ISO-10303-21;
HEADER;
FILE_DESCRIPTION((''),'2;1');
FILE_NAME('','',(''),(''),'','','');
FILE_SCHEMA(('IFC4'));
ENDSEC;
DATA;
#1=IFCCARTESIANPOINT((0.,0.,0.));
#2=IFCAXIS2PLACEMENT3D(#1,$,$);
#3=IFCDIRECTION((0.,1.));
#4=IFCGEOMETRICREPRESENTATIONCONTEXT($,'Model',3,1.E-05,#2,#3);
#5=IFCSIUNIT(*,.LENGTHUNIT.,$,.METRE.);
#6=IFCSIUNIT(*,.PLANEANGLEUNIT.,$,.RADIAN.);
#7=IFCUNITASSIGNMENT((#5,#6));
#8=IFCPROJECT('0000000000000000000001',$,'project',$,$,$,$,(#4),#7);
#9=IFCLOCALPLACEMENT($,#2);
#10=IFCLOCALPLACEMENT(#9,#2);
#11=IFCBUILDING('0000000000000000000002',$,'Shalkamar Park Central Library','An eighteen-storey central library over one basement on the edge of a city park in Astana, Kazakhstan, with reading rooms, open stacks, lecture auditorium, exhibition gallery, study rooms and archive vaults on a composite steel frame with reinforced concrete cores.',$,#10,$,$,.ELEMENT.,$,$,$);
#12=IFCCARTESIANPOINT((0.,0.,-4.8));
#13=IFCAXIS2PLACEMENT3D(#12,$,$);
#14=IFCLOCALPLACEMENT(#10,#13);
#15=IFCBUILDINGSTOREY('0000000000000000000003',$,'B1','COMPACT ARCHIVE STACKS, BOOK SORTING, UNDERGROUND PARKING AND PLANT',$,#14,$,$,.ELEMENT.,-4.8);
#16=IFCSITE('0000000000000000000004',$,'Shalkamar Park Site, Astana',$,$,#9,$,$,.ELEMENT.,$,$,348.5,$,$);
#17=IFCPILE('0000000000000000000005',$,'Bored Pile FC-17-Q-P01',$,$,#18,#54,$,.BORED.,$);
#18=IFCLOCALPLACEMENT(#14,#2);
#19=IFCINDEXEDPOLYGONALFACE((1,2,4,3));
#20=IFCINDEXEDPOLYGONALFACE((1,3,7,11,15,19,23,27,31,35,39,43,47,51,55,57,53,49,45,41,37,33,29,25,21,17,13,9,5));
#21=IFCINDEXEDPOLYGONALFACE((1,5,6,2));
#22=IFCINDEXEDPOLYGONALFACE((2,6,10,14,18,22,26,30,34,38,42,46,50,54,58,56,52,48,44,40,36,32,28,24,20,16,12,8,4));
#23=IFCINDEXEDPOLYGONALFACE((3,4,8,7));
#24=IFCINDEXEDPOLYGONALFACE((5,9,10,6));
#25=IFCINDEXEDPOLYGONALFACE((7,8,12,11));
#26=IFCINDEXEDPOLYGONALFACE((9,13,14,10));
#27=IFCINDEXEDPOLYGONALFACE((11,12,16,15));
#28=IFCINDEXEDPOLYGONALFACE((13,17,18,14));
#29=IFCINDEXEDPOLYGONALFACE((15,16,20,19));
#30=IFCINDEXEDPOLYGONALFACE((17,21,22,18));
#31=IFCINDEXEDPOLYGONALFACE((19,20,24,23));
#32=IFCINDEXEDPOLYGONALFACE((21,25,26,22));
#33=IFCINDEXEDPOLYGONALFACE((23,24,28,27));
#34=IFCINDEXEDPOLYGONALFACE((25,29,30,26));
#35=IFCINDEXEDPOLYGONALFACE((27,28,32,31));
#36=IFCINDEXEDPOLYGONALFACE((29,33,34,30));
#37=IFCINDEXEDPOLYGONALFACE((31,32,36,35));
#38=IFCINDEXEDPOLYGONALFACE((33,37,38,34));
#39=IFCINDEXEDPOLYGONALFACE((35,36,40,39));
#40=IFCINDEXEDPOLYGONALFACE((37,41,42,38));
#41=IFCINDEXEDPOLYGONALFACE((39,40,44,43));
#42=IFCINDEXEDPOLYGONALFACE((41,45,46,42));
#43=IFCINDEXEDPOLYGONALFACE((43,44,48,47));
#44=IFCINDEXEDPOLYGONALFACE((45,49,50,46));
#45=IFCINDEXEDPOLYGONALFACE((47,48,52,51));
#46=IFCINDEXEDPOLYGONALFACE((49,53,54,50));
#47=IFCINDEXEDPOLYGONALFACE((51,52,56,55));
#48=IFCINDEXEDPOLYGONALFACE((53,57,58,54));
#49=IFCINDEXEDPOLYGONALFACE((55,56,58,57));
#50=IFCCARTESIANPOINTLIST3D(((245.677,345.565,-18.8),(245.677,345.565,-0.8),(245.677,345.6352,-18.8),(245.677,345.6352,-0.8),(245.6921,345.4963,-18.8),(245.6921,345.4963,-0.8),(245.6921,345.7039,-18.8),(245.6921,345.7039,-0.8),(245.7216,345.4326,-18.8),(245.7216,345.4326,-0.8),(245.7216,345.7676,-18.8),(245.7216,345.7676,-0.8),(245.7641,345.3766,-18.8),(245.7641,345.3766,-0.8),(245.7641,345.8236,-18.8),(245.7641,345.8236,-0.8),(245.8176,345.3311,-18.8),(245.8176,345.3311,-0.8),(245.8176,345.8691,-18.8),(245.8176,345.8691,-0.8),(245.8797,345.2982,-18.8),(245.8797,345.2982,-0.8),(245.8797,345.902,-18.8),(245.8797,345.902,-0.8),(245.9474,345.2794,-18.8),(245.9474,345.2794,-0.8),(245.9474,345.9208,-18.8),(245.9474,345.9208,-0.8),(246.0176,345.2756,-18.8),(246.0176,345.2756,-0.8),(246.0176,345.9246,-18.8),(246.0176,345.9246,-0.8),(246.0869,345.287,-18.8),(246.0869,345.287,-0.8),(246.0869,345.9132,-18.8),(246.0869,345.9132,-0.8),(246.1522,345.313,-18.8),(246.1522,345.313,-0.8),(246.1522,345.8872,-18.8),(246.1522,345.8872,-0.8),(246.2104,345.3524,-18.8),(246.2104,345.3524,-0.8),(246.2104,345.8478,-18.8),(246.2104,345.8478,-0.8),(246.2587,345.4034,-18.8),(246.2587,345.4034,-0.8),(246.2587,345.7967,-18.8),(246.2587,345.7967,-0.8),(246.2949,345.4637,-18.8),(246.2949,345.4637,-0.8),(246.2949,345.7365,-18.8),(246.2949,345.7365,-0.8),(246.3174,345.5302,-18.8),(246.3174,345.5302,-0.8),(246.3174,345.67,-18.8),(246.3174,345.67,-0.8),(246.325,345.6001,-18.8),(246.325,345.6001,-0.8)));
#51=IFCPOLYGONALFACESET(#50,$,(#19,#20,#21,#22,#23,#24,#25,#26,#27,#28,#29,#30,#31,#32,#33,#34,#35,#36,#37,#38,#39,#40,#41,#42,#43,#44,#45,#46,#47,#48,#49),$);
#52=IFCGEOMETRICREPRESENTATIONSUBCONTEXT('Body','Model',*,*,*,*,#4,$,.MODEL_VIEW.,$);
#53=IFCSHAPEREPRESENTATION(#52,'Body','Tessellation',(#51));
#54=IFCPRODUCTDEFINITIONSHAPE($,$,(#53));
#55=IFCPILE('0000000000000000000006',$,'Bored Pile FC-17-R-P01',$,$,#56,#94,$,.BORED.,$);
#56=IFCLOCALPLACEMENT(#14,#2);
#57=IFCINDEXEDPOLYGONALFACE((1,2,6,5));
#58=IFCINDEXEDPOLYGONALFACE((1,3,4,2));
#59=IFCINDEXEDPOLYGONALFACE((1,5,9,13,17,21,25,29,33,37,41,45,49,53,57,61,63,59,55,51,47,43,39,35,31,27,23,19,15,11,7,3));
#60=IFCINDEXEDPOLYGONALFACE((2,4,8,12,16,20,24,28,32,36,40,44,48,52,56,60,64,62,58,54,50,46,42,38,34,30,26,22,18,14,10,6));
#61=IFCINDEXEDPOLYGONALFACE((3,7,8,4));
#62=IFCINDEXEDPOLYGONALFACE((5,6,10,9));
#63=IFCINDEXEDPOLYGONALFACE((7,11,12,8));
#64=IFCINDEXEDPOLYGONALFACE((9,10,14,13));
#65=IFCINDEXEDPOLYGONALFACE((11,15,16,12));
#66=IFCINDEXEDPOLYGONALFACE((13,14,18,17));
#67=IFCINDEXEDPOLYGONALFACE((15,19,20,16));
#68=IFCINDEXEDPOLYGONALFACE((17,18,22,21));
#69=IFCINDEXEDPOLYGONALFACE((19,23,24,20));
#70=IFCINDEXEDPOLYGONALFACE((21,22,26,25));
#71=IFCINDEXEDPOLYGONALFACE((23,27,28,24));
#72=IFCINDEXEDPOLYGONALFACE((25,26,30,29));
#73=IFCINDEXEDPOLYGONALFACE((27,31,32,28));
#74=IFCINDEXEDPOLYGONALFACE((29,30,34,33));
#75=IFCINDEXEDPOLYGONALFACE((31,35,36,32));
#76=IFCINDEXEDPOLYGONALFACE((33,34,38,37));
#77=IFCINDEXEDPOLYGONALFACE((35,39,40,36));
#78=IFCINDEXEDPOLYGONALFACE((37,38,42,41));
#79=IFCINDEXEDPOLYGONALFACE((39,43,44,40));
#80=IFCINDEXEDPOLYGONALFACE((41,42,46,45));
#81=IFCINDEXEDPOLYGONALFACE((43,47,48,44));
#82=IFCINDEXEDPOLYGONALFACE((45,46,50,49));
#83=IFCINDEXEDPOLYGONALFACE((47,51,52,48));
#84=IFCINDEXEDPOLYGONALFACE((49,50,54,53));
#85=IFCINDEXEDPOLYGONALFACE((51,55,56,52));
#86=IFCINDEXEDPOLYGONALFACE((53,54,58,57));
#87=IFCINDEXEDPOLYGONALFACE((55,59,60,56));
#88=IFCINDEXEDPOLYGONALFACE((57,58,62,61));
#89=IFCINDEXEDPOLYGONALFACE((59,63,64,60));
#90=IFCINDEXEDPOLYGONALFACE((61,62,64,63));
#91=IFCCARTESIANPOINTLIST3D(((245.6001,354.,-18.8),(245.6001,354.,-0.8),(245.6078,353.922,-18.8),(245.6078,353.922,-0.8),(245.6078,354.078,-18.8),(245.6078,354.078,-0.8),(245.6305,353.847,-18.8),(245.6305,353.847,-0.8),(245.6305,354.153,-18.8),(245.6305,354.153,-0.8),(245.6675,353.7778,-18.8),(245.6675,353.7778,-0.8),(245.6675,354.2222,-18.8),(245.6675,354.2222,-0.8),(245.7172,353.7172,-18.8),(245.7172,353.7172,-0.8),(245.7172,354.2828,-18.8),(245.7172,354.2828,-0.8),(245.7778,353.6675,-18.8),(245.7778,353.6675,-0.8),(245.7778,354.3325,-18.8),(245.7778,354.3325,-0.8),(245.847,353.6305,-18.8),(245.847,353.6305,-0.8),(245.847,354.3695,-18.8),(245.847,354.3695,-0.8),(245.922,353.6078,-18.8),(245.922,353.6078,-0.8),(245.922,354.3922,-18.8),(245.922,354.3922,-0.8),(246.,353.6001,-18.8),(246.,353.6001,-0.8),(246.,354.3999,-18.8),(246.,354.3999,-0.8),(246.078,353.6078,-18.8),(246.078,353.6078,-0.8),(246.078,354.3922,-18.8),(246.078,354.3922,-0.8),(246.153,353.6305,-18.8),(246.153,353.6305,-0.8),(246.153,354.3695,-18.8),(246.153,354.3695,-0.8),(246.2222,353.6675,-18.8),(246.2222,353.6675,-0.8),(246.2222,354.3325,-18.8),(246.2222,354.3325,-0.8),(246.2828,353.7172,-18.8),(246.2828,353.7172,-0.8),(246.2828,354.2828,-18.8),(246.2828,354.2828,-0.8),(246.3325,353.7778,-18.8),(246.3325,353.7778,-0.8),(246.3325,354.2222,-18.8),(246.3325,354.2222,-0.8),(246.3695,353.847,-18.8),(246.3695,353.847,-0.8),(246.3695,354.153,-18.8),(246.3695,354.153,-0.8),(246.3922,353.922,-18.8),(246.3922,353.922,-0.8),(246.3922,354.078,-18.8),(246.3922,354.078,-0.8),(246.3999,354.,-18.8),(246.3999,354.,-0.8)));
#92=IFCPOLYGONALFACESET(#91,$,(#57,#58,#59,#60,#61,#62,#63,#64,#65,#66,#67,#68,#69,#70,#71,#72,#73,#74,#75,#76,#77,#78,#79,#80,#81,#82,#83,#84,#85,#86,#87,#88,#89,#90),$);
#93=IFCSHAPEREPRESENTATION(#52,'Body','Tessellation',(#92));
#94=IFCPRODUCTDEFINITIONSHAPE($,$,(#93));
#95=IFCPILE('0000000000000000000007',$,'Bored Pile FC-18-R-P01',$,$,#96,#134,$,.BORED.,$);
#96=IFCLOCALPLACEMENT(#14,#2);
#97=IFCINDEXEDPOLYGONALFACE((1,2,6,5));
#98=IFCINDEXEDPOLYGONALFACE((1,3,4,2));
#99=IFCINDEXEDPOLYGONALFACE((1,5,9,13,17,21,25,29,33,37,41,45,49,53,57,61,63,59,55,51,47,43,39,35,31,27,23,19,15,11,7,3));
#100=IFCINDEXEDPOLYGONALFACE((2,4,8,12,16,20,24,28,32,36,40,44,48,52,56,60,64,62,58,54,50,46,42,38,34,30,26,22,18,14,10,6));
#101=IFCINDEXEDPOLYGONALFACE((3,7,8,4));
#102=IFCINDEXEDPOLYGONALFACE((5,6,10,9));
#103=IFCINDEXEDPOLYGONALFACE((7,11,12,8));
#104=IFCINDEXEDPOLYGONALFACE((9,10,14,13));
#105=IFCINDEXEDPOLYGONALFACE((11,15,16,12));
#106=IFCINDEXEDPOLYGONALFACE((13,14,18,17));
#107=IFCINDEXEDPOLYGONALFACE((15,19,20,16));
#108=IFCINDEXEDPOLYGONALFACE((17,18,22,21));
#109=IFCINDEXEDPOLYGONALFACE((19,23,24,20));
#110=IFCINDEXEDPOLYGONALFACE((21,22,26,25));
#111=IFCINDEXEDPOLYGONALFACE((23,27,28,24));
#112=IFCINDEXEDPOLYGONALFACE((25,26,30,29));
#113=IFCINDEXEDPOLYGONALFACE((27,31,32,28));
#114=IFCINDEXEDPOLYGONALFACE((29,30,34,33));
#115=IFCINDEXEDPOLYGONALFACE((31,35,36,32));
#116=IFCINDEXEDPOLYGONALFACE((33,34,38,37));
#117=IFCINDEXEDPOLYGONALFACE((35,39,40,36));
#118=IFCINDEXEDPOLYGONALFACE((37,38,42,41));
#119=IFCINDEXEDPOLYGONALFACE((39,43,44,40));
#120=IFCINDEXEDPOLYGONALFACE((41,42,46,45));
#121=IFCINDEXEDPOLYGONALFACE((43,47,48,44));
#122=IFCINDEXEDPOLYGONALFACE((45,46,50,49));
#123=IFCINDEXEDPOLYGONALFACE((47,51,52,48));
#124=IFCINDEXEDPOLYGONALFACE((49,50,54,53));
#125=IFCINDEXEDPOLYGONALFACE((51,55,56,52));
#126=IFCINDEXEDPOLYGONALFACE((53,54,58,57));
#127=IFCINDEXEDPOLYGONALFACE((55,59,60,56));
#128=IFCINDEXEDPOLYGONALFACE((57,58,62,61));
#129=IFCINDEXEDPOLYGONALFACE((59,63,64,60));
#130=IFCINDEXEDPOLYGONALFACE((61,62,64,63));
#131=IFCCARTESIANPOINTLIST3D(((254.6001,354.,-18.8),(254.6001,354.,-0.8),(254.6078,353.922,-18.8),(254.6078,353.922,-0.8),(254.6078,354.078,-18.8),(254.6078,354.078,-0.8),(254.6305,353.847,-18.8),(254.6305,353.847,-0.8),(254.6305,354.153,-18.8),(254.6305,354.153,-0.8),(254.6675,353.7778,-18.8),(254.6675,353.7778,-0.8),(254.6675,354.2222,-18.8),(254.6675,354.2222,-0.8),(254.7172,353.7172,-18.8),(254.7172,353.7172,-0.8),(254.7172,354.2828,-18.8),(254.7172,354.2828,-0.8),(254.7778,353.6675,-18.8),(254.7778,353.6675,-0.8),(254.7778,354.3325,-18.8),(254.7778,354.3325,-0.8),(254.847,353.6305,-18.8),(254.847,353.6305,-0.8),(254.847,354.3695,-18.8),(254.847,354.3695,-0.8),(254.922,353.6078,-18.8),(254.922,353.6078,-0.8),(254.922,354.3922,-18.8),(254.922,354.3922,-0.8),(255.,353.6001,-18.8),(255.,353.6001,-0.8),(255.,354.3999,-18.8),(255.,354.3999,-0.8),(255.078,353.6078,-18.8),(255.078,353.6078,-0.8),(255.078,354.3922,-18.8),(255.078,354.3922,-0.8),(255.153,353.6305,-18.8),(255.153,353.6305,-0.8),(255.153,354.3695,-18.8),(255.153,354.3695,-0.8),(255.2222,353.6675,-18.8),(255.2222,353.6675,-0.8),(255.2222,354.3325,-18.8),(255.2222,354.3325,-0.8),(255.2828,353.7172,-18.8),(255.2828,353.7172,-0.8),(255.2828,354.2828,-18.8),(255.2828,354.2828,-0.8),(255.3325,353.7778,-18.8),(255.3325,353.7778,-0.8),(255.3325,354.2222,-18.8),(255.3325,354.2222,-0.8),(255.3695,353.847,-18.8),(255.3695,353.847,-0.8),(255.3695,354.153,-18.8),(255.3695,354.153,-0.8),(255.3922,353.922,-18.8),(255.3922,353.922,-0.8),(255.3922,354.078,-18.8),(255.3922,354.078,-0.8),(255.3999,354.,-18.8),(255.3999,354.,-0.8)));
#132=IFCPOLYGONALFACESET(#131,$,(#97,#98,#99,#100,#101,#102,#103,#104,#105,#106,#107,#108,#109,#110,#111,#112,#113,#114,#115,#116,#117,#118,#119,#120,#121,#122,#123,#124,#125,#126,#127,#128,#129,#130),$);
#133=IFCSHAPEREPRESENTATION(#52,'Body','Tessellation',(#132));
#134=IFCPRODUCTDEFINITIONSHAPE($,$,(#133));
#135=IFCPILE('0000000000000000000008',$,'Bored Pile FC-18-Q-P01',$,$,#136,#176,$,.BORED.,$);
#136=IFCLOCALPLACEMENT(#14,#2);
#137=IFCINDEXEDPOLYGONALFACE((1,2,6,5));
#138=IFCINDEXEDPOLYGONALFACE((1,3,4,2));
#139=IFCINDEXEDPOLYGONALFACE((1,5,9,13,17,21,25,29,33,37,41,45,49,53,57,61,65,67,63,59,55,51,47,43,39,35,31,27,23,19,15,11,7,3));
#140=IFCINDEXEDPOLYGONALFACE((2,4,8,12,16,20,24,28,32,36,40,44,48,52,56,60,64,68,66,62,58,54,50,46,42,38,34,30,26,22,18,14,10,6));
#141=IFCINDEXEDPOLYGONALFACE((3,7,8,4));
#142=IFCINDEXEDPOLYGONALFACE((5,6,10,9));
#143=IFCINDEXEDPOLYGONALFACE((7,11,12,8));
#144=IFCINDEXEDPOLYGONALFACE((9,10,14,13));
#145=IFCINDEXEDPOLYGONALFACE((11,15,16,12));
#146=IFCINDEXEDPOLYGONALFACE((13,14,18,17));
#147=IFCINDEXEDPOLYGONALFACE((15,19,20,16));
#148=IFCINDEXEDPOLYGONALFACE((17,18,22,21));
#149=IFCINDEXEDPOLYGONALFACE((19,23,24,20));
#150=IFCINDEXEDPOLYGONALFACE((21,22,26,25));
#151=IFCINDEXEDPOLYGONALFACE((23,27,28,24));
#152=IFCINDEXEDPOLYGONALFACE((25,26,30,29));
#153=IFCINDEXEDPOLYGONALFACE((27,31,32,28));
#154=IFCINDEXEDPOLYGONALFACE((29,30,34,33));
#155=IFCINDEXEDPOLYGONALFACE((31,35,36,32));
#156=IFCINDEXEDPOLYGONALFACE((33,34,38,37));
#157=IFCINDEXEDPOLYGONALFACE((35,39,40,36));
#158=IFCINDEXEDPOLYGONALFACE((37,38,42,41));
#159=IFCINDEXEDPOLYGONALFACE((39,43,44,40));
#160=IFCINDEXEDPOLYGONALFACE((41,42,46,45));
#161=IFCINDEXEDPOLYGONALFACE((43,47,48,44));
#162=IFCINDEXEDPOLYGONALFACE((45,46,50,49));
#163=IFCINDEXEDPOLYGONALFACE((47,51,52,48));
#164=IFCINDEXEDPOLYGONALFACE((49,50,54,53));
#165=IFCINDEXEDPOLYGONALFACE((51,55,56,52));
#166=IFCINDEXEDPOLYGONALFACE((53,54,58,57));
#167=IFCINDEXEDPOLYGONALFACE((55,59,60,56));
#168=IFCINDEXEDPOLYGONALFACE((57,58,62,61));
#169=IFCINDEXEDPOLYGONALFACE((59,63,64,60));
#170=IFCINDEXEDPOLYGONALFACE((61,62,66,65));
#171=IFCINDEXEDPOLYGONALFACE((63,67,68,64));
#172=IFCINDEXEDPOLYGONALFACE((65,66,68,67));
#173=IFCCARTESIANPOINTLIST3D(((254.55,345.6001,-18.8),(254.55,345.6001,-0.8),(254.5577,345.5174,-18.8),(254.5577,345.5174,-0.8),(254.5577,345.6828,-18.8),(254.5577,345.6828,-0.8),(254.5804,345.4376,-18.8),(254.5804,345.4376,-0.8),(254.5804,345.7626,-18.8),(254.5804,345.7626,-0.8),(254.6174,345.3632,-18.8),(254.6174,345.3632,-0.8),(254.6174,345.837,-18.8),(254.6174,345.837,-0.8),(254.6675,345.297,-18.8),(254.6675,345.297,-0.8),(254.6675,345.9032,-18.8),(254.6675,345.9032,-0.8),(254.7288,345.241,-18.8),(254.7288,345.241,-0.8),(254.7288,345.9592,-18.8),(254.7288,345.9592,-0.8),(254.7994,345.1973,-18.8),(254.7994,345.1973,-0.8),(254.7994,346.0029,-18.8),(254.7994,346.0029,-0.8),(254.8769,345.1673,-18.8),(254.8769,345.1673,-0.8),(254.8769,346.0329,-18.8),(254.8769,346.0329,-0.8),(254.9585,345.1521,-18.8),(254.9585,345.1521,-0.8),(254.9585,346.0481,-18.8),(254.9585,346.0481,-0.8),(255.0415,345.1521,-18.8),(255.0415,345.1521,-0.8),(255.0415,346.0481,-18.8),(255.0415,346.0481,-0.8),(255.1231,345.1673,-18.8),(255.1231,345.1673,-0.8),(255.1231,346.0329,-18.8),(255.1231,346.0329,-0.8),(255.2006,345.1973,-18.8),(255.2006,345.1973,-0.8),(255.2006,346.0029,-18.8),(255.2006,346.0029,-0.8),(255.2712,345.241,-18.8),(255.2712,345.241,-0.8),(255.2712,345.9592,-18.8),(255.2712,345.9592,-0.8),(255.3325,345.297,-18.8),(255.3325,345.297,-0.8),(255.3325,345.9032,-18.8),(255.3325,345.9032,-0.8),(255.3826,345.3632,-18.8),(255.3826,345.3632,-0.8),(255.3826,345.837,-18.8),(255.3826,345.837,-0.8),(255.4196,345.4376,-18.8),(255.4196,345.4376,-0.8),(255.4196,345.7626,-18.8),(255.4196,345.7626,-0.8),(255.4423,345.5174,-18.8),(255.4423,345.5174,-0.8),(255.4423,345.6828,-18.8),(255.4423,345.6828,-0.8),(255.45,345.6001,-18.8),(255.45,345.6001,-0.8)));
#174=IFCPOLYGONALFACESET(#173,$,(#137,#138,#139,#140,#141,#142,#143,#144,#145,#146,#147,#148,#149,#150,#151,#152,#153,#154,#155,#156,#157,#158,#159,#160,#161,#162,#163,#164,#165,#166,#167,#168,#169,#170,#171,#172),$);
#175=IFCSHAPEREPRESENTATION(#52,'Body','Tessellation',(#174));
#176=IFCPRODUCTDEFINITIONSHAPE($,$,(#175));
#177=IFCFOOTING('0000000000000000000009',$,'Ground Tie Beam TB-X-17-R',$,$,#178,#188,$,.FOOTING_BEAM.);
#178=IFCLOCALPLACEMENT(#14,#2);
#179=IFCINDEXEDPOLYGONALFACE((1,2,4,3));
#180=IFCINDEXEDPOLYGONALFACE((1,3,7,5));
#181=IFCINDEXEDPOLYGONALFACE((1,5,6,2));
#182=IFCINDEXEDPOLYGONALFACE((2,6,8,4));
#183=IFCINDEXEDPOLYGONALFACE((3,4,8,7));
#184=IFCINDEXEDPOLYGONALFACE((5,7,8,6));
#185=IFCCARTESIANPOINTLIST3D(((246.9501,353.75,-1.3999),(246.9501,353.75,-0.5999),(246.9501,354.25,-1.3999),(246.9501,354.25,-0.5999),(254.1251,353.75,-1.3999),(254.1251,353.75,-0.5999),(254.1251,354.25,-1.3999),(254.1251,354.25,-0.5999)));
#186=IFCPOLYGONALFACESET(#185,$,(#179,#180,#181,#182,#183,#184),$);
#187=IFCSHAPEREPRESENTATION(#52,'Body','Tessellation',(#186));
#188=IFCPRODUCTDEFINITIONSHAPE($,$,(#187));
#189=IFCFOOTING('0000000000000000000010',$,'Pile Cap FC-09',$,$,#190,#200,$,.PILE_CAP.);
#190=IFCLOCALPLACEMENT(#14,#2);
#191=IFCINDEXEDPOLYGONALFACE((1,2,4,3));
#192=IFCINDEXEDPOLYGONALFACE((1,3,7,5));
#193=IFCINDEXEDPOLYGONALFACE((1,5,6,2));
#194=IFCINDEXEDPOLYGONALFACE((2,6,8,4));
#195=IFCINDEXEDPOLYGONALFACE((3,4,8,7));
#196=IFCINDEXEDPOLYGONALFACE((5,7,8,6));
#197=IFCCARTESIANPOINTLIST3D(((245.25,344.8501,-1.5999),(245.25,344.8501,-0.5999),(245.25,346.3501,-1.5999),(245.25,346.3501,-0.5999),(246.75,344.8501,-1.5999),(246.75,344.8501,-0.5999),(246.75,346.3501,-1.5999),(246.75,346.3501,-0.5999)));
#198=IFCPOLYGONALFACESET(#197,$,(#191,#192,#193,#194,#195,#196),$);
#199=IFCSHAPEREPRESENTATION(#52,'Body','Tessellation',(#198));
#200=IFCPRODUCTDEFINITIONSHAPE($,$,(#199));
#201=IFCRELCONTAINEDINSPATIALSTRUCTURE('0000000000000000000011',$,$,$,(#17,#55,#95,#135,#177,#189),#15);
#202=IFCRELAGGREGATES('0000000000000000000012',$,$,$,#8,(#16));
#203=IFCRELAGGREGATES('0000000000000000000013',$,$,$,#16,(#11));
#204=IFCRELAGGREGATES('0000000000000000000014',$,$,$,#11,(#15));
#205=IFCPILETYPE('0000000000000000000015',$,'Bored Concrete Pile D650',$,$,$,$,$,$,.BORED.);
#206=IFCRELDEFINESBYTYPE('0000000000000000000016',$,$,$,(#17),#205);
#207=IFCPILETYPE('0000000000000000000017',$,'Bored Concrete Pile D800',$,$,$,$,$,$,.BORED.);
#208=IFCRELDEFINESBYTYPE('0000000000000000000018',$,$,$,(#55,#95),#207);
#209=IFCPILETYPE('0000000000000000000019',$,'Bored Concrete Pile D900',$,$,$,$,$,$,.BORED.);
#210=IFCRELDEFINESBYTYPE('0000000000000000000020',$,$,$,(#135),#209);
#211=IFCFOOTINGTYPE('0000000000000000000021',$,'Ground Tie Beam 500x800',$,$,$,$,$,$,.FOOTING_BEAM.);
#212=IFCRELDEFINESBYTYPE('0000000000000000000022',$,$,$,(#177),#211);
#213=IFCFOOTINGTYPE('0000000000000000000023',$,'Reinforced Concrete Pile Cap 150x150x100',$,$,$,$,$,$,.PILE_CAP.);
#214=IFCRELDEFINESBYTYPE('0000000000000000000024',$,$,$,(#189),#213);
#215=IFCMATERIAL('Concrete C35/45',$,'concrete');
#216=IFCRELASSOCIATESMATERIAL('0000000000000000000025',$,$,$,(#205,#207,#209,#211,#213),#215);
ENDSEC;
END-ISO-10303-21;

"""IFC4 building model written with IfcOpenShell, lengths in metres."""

from ifc_helpers import new_model, si_unit, direction, frame, origin, origin_2d, place, context, subcontext, project, spatial, rectangle, circle, extrude, material, material_profile, profile_set, type_object, element, save


model = new_model("IFC4")

# Units and contexts
model_context = context("Model", 3, precision=1e-05, world=origin(), true_north=direction((0.0, 1.0)))
body_context = subcontext(model_context, "Body", "Model", "MODEL_VIEW")
ifc_project = project(units=[si_unit("LENGTHUNIT", "METRE"), si_unit("PLANEANGLEUNIT", "RADIAN")], contexts=[model_context])

# Site, building, storey
site_placement = place(None, origin())
site = spatial("IfcSite", under=ifc_project, at=site_placement, Name="Shalkamar Park Site, Astana", CompositionType="ELEMENT", RefElevation=348.5)
building_placement = place(site_placement, origin())
building = spatial("IfcBuilding", under=site, at=building_placement, Name="Shalkamar Park Central Library", Description="An eighteen-storey central library over one basement on the edge of a city park in Astana, Kazakhstan, with reading rooms, open stacks, lecture auditorium, exhibition gallery, study rooms and archive vaults on a composite steel frame with reinforced concrete cores.", CompositionType="ELEMENT")
storey_placement = place(building_placement, frame((0.0, 0.0, -4.8)))
storey = spatial("IfcBuildingStorey", under=building, at=storey_placement, Name="B1", Description="COMPACT ARCHIVE STACKS, BOOK SORTING, UNDERGROUND PARKING AND PLANT", CompositionType="ELEMENT", Elevation=-4.8)

# Piles
ifc_material_1 = material(Name="Concrete C35/45", Category="concrete")
ifc_material_profile_1 = material_profile(ifc_material_1, circle(Radius=0.325, at=origin_2d()), Name="PILE D650")
ifc_profile_set_1 = profile_set([ifc_material_profile_1], Name="Concrete C35/45")
pile_type_1 = type_object("IfcPileType", Name="Bored Concrete Pile D650", PredefinedType="BORED", material=ifc_profile_set_1)
pile_1_placement = place(storey_placement, frame((246.0, 345.6001, -0.8), z_axis=(0.0, 0.0, -1.0), x_axis=(1.0, 0.0, 0.0)))
element("IfcPile", 1, at=pile_1_placement, inside=storey, type_object=pile_type_1, Name="Bored Pile FC-17-Q-P01", PredefinedType="BORED", context=body_context, shape_type="SweptSolid", body=[
    extrude(circle(Radius=0.325, at=origin_2d()), origin(), (0.0, 0.0, 1.0), 18.0),
])
ifc_material_profile_2 = material_profile(ifc_material_1, circle(Radius=0.3999, at=origin_2d()), Name="PILE D800")
ifc_profile_set_2 = profile_set([ifc_material_profile_2], Name="Concrete C35/45")
pile_type_2 = type_object("IfcPileType", Name="Bored Concrete Pile D800", PredefinedType="BORED", material=ifc_profile_set_2)
for number, where, z_axis, x_axis, name in (
    (2, (246.0, 354.0, -0.8), (0.0, 0.0, -1.0), (1.0, 0.0, 0.0), "Bored Pile FC-17-R-P01"),
    (3, (255.0, 354.0, -0.8), (0.0, 0.0, -1.0), (1.0, 0.0, 0.0), "Bored Pile FC-18-R-P01"),
):
    element("IfcPile", number, at=place(storey_placement, frame(where, z_axis=z_axis, x_axis=x_axis)), inside=storey, type_object=pile_type_2, Name=name, PredefinedType="BORED", context=body_context, shape_type="SweptSolid", body=[
        extrude(circle(Radius=0.3999, at=origin_2d()), origin(), (0.0, 0.0, 1.0), 18.0),
    ])
ifc_material_profile_3 = material_profile(ifc_material_1, circle(Radius=0.45, at=origin_2d()), Name="PILE D900")
ifc_profile_set_3 = profile_set([ifc_material_profile_3], Name="Concrete C35/45")
pile_type_3 = type_object("IfcPileType", Name="Bored Concrete Pile D900", PredefinedType="BORED", material=ifc_profile_set_3)
pile_2_placement = place(storey_placement, frame((255.0, 345.6001, -0.8), z_axis=(0.0, 0.0, -1.0), x_axis=(1.0, 0.0, 0.0)))
element("IfcPile", 4, at=pile_2_placement, inside=storey, type_object=pile_type_3, Name="Bored Pile FC-18-Q-P01", PredefinedType="BORED", context=body_context, shape_type="SweptSolid", body=[
    extrude(circle(Radius=0.45, at=origin_2d()), origin(), (0.0, 0.0, 1.0), 18.0),
])

# Footings
footing_type_1 = type_object("IfcFootingType", Name="Ground Tie Beam 500x800", PredefinedType="FOOTING_BEAM", material=ifc_material_1)
footing_1_placement = place(storey_placement, frame((250.5376, 354.0, -1.3999), z_axis=(0.0, 0.0, 1.0), x_axis=(1.0, 0.0, 0.0)))
element("IfcFooting", 5, at=footing_1_placement, inside=storey, type_object=footing_type_1, Name="Ground Tie Beam TB-X-17-R", PredefinedType="FOOTING_BEAM", context=body_context, shape_type="SweptSolid", body=[
    extrude(rectangle(XDim=7.175, YDim=0.5, at=origin_2d()), origin(), (0.0, 0.0, 1.0), 0.8),
])
footing_type_2 = type_object("IfcFootingType", Name="Reinforced Concrete Pile Cap 150x150x100", PredefinedType="PILE_CAP", material=ifc_material_1)
footing_2_placement = place(storey_placement, frame((246.0, 345.6001, -1.5999), z_axis=(0.0, 0.0, 1.0), x_axis=(1.0, 0.0, 0.0)))
element("IfcFooting", 6, at=footing_2_placement, inside=storey, type_object=footing_type_2, Name="Pile Cap FC-09", PredefinedType="PILE_CAP", context=body_context, shape_type="SweptSolid", body=[
    extrude(rectangle(XDim=1.5, YDim=1.5, at=origin_2d()), origin(), (0.0, 0.0, 1.0), 1.0),
])

save(model, "model.ifc")
